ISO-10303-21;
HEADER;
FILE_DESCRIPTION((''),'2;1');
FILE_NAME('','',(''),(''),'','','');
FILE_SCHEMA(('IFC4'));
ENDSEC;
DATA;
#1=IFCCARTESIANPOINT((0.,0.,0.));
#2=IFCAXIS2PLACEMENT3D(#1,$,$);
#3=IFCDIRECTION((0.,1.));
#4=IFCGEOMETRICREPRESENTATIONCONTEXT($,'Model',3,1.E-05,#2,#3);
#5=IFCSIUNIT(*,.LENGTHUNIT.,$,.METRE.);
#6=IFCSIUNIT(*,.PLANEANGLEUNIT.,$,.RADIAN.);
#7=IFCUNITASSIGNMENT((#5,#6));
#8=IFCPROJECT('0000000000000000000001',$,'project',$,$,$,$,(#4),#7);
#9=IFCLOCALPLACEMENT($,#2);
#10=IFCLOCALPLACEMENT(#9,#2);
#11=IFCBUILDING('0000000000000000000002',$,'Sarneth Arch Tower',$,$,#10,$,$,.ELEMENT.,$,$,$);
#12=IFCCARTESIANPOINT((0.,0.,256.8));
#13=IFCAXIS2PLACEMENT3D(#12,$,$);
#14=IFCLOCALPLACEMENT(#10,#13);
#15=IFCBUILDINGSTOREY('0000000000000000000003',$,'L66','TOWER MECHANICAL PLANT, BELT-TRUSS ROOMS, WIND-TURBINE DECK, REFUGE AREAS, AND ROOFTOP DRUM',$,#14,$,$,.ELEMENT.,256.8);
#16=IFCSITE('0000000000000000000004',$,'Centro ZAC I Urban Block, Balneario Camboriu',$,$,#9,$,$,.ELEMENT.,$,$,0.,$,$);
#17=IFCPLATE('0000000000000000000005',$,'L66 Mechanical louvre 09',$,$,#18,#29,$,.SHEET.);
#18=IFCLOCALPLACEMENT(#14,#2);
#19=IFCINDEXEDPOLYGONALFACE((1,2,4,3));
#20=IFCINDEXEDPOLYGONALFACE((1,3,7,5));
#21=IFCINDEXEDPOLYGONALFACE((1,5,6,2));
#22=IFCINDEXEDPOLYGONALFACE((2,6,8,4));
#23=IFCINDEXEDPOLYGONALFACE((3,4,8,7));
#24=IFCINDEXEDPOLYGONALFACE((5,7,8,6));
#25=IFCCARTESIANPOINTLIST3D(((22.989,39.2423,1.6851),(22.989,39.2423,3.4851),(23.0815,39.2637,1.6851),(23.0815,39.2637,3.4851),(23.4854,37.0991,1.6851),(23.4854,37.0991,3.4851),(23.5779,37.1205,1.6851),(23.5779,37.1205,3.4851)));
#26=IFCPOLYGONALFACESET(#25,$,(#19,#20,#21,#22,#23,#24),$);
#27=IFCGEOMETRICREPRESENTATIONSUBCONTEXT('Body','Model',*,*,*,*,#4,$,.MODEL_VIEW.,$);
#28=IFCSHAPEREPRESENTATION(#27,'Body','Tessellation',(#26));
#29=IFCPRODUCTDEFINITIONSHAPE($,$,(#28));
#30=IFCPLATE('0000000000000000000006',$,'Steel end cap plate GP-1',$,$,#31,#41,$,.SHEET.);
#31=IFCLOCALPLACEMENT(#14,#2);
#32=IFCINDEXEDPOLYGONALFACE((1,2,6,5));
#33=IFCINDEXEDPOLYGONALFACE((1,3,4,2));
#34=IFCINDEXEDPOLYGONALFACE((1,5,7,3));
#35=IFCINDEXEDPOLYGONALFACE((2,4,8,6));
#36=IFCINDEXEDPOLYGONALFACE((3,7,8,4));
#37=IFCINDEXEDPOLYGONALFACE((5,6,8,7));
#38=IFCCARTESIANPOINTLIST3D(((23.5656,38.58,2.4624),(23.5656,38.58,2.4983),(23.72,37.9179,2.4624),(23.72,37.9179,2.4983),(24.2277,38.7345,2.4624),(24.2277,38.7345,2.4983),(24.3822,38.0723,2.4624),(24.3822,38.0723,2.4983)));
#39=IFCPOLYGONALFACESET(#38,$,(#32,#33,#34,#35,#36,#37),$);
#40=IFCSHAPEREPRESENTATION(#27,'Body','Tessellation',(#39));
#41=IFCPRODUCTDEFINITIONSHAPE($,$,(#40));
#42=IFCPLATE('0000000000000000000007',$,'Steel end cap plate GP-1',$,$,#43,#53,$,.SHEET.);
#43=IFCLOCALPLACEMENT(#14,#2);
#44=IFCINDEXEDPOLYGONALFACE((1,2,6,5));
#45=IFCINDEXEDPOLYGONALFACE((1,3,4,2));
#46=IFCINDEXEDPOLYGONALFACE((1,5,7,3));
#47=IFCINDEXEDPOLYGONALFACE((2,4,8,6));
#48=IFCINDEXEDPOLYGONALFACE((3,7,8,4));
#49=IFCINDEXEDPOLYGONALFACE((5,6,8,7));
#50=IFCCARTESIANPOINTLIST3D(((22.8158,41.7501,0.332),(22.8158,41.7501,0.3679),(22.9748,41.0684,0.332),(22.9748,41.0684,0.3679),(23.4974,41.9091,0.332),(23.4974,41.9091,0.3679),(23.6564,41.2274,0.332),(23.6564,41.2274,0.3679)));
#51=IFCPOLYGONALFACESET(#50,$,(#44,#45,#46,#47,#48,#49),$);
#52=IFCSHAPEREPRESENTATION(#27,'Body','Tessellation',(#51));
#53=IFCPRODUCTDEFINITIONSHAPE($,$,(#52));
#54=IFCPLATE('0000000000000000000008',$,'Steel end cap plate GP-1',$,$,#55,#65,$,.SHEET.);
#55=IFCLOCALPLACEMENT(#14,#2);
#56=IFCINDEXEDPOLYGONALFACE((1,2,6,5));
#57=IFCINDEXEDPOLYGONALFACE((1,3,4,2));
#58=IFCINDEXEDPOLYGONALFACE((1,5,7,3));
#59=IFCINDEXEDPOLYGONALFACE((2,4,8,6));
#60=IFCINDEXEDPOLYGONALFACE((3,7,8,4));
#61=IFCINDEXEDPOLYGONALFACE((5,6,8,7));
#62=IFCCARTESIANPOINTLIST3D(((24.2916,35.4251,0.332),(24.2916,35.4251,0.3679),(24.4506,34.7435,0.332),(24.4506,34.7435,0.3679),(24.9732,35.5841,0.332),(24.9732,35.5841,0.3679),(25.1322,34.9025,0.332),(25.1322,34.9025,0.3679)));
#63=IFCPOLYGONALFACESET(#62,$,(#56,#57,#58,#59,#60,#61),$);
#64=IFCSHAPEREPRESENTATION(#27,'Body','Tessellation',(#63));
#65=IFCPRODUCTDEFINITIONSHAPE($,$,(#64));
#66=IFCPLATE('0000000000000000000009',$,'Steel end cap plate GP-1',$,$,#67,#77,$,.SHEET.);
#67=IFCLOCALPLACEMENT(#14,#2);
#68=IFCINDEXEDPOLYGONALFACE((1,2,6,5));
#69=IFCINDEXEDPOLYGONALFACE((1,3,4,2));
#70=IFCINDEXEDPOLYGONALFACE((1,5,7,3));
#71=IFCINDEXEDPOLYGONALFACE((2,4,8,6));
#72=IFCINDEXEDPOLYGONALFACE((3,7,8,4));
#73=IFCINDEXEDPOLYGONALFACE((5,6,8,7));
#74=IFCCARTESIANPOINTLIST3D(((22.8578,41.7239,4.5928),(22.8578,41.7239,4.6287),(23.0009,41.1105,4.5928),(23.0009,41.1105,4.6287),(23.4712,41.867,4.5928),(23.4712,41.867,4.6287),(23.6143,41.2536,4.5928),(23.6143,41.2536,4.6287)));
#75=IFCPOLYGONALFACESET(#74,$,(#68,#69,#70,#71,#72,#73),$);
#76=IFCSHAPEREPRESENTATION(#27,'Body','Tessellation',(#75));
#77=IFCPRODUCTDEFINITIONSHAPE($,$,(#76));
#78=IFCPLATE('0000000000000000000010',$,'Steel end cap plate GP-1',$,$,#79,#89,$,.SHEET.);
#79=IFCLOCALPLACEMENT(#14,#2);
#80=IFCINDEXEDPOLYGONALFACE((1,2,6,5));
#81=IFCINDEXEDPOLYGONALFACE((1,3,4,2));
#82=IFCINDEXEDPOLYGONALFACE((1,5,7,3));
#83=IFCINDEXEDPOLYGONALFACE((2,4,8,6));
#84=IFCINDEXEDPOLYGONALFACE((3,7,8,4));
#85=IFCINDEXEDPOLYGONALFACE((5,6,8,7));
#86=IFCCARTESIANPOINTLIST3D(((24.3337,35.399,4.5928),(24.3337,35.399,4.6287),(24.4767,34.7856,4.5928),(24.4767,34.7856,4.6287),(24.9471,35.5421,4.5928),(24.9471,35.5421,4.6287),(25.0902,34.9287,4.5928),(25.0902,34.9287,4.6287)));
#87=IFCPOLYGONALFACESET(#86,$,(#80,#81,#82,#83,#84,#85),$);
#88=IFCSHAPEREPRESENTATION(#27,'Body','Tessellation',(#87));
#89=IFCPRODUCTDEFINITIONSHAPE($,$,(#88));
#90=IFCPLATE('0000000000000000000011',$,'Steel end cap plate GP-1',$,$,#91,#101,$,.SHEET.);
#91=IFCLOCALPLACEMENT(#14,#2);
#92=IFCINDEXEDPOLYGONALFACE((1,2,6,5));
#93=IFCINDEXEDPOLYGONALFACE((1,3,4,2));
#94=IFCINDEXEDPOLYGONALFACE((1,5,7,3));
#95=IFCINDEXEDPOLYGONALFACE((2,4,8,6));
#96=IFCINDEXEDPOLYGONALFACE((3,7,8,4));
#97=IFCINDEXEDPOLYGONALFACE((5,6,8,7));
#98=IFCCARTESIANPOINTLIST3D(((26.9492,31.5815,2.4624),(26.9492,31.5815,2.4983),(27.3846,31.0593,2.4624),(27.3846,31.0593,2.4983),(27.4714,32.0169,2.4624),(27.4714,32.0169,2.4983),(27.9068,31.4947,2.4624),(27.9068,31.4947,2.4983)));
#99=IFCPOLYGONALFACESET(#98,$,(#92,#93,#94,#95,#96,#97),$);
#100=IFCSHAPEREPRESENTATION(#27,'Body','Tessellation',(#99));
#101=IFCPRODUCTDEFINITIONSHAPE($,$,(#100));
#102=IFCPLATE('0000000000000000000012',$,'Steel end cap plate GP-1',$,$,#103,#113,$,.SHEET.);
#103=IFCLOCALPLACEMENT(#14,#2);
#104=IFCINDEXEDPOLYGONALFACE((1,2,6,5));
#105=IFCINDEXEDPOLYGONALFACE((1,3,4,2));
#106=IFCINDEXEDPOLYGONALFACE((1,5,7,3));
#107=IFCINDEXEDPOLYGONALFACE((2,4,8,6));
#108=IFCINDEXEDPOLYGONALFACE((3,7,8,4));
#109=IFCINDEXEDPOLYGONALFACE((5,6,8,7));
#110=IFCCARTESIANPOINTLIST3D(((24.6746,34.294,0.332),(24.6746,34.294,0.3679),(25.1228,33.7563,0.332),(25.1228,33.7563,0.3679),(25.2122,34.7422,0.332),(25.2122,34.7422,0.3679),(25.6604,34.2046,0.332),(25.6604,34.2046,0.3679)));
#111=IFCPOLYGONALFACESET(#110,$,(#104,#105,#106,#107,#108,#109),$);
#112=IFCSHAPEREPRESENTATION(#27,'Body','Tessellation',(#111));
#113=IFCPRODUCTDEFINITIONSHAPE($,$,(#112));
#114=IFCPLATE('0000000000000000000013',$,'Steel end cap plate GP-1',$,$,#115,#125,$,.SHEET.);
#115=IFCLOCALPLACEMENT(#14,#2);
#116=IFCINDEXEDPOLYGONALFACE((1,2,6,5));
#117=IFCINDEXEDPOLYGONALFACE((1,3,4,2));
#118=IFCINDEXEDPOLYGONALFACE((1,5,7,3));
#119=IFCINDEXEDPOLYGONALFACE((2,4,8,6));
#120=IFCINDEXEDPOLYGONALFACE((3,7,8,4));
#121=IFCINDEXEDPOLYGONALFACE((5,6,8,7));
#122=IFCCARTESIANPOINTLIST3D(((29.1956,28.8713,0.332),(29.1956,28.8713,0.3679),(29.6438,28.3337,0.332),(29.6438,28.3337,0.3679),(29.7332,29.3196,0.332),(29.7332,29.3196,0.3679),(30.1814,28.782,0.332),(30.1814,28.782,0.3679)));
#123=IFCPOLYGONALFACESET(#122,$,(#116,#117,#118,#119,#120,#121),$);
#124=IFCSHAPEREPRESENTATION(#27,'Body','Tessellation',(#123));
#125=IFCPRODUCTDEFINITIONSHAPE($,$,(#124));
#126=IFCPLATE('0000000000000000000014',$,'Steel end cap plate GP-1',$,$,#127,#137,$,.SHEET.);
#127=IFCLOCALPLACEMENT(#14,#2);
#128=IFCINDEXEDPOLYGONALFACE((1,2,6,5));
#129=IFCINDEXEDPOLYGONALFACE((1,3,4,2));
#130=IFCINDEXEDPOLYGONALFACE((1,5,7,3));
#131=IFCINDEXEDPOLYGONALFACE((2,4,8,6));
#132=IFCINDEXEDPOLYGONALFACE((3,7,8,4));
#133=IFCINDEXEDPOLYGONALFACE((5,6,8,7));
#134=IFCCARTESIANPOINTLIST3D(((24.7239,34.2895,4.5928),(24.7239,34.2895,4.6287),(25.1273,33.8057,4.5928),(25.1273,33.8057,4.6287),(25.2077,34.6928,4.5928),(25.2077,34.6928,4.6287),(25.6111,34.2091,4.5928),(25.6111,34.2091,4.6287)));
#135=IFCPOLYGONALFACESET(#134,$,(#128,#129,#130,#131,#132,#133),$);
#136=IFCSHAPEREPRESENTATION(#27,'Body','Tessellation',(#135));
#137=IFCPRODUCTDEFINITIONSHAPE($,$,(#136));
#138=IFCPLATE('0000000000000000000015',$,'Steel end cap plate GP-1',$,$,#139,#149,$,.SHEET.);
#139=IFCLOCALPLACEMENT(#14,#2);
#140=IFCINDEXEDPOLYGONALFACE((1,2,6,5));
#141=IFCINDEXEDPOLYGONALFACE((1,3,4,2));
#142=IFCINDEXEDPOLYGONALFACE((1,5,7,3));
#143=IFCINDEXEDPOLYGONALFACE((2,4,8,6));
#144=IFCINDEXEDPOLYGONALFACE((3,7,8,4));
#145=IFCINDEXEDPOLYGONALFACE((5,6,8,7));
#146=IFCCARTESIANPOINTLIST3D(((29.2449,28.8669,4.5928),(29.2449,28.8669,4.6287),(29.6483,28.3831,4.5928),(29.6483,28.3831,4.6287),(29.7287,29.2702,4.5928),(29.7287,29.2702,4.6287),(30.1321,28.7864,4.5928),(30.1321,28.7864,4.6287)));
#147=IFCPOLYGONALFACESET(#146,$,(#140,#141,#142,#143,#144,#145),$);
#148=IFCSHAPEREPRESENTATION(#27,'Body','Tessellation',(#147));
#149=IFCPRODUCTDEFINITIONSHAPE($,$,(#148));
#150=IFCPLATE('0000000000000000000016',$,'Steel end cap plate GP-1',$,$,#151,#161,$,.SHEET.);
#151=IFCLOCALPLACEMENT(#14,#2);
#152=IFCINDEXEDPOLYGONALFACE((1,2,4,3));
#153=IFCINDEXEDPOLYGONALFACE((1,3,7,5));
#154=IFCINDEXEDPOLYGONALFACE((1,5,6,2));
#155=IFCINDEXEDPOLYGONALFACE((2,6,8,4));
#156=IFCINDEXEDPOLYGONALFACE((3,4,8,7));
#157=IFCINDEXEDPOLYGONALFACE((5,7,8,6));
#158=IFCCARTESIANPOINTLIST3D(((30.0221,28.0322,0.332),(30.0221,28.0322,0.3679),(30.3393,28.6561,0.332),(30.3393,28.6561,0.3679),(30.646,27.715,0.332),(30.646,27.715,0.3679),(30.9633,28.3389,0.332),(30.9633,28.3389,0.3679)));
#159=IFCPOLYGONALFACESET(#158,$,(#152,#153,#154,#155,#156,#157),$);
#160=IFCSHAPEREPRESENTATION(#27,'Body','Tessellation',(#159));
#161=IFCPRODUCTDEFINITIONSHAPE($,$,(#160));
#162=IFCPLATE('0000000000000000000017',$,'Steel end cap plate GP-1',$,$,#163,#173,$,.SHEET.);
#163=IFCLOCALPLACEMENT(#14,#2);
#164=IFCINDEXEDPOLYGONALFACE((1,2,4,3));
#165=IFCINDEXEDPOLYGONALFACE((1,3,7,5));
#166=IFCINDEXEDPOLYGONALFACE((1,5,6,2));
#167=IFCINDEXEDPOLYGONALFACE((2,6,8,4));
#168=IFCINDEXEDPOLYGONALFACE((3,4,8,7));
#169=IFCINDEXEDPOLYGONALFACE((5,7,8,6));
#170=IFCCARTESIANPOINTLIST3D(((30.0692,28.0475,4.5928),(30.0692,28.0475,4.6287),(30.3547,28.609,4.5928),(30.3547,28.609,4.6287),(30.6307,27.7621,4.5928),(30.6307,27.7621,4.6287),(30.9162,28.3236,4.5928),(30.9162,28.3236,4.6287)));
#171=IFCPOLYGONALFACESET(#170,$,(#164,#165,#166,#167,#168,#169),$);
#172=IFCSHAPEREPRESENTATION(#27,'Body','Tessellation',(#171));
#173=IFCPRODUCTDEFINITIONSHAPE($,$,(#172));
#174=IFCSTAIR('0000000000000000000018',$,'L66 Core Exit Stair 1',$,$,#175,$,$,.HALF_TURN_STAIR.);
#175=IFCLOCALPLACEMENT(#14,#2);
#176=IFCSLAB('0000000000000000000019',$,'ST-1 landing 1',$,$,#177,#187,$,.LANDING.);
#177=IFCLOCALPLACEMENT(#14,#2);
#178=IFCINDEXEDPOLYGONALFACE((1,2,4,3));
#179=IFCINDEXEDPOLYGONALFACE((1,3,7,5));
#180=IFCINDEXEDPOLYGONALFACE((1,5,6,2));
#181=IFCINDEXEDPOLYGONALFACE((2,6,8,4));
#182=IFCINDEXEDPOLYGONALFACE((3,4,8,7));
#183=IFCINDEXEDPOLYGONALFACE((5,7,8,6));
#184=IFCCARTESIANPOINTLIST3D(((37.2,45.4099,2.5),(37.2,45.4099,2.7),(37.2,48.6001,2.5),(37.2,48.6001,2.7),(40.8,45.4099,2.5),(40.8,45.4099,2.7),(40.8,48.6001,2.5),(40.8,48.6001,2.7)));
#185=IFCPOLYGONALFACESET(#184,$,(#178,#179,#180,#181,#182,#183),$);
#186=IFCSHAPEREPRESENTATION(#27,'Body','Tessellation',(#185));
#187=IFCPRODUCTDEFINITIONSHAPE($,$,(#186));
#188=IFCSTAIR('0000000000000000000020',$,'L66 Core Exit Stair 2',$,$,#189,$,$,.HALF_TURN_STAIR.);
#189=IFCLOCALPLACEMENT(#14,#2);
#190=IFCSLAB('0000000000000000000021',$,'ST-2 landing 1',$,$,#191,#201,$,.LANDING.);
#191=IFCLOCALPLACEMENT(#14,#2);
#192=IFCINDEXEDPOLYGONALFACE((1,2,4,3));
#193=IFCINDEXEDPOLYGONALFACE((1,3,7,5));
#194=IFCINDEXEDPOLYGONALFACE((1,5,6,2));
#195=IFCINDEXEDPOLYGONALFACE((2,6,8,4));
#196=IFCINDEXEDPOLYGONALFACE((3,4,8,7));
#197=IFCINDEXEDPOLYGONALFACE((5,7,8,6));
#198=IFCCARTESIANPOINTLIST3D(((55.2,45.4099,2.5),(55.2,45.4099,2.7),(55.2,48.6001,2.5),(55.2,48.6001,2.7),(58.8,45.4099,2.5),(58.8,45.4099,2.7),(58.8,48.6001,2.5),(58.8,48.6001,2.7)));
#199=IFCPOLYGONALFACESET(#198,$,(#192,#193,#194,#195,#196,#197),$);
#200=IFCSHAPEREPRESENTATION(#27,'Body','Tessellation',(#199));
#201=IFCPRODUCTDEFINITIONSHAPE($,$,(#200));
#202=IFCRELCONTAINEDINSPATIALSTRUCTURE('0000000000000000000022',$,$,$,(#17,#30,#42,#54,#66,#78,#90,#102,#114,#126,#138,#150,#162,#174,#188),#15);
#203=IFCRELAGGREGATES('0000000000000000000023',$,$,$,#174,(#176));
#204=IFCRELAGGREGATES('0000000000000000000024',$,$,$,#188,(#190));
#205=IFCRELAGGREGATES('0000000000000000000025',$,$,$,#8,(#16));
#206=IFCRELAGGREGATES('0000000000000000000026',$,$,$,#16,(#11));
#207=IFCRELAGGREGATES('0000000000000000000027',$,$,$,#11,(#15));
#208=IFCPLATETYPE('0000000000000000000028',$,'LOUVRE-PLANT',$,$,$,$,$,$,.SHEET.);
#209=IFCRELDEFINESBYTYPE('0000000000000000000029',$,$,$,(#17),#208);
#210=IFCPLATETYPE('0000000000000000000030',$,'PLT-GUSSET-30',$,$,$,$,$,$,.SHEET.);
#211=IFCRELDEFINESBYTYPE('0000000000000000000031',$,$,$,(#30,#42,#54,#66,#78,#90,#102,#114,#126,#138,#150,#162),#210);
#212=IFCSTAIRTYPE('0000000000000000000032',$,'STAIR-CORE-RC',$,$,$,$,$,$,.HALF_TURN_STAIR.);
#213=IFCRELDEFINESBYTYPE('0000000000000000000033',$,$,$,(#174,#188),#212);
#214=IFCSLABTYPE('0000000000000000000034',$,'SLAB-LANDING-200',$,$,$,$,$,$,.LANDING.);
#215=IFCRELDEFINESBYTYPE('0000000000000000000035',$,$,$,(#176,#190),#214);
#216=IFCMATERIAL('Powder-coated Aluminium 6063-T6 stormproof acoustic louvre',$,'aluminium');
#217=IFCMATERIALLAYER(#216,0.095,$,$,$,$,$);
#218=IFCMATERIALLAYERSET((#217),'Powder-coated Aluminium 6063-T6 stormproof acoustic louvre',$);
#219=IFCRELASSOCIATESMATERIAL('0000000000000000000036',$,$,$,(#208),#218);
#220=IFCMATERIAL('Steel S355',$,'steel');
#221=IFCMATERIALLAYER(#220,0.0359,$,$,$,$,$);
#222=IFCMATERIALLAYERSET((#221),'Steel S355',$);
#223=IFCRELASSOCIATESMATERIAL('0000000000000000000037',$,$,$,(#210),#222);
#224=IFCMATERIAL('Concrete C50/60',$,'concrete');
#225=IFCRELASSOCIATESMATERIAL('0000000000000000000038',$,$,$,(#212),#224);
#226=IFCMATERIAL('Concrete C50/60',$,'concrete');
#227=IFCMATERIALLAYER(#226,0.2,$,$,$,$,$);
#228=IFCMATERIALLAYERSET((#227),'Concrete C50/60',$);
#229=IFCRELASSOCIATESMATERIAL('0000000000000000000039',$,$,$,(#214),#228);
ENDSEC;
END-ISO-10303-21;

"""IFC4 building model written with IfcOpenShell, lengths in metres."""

from ifc_helpers import new_model, si_unit, direction, frame, origin, origin_2d, place, context, subcontext, project, spatial, polyline, rectangle, outline, extrude, material, layer, layer_set, type_object, element, aggregate, save


model = new_model("IFC4")

# Units and contexts
model_context = context("Model", 3, precision=1e-05, world=origin(), true_north=direction((0.0, 1.0)))
body_context = subcontext(model_context, "Body", "Model", "MODEL_VIEW")
ifc_project = project(units=[si_unit("LENGTHUNIT", "METRE"), si_unit("PLANEANGLEUNIT", "RADIAN")], contexts=[model_context])

# Site, building, storey
site_placement = place(None, origin())
site = spatial("IfcSite", under=ifc_project, at=site_placement, Name="Centro ZAC I Urban Block, Balneario Camboriu", CompositionType="ELEMENT", RefElevation=0.0)
building_placement = place(site_placement, origin())
building = spatial("IfcBuilding", under=site, at=building_placement, Name="Sarneth Arch Tower", CompositionType="ELEMENT")
storey_placement = place(building_placement, frame((0.0, 0.0, 256.8)))
storey = spatial("IfcBuildingStorey", under=building, at=storey_placement, Name="L66", Description="TOWER MECHANICAL PLANT, BELT-TRUSS ROOMS, WIND-TURBINE DECK, REFUGE AREAS, AND ROOFTOP DRUM", CompositionType="ELEMENT", Elevation=256.8)

# Plates
ifc_material_1 = material(Name="Powder-coated Aluminium 6063-T6 stormproof acoustic louvre", Category="aluminium")
ifc_layer_1 = layer(ifc_material_1, 0.095)
ifc_layer_set_1 = layer_set([ifc_layer_1], Name="Powder-coated Aluminium 6063-T6 stormproof acoustic louvre")
plate_type_1 = type_object("IfcPlateType", Name="LOUVRE-PLANT", PredefinedType="SHEET", material=ifc_layer_set_1)
plate_1_placement = place(storey_placement, frame((23.2834, 38.1814, 1.6851), z_axis=(0.0, 0.0, 1.0), x_axis=(0.225631, -0.974213, 0.0)))
element("IfcPlate", 1, at=plate_1_placement, inside=storey, type_object=plate_type_1, Name="L66 Mechanical louvre 09", PredefinedType="SHEET", context=body_context, shape_type="SweptSolid", body=[
    extrude(rectangle(XDim=2.2, YDim=0.095, at=origin_2d()), origin(), (0.0, 0.0, 1.0), 1.8),
])
ifc_material_2 = material(Name="Steel S355", Category="steel")
ifc_layer_2 = layer(ifc_material_2, 0.0359)
ifc_layer_set_2 = layer_set([ifc_layer_2], Name="Steel S355")
plate_type_2 = type_object("IfcPlateType", Name="PLT-GUSSET-30", PredefinedType="SHEET", material=ifc_layer_set_2)
plate_2_placement = place(storey_placement, frame((23.9739, 38.3262, 2.4624), z_axis=(0.0, 0.0, 1.0), x_axis=(0.227161, -0.973857, 0.0)))
element("IfcPlate", 2, at=plate_2_placement, inside=storey, type_object=plate_type_2, Name="Steel end cap plate GP-1", PredefinedType="SHEET", context=body_context, shape_type="SweptSolid", body=[
    extrude(rectangle(XDim=0.6799, YDim=0.6799, at=origin_2d()), origin(), (0.0, 0.0, 1.0), 0.0359),
])
for number, where, z_axis, x_axis, name in (
    (3, (23.2361, 41.4888, 0.332), (0.0, 0.0, 1.0), (-0.227161, 0.973857, 0.0), "Steel end cap plate GP-1"),
    (4, (24.7119, 35.1638, 0.332), (0.0, 0.0, 1.0), (0.227161, -0.973857, 0.0), "Steel end cap plate GP-1"),
):
    element("IfcPlate", number, at=place(storey_placement, frame(where, z_axis=z_axis, x_axis=x_axis)), inside=storey, type_object=plate_type_2, Name=name, PredefinedType="SHEET", context=body_context, shape_type="SweptSolid", body=[
        extrude(rectangle(XDim=0.7, YDim=0.7, at=origin_2d()), origin(), (0.0, 0.0, 1.0), 0.0359),
    ])
for number, where, z_axis, x_axis, name in (
    (5, (23.2361, 41.4888, 4.5928), (0.0, 0.0, 1.0), (-0.227161, 0.973857, 0.0), "Steel end cap plate GP-1"),
    (6, (24.7119, 35.1638, 4.5928), (0.0, 0.0, 1.0), (0.227161, -0.973857, 0.0), "Steel end cap plate GP-1"),
):
    element("IfcPlate", number, at=place(storey_placement, frame(where, z_axis=z_axis, x_axis=x_axis)), inside=storey, type_object=plate_type_2, Name=name, PredefinedType="SHEET", context=body_context, shape_type="SweptSolid", body=[
        extrude(rectangle(XDim=0.6299, YDim=0.6299, at=origin_2d()), origin(), (0.0, 0.0, 1.0), 0.0359),
    ])
plate_3_placement = place(storey_placement, frame((27.428, 31.5381, 2.4624), z_axis=(0.0, 0.0, 1.0), x_axis=(0.640378, -0.76806, 0.0)))
element("IfcPlate", 7, at=plate_3_placement, inside=storey, type_object=plate_type_2, Name="Steel end cap plate GP-1", PredefinedType="SHEET", context=body_context, shape_type="SweptSolid", body=[
    extrude(rectangle(XDim=0.6799, YDim=0.6799, at=origin_2d()), origin(), (0.0, 0.0, 1.0), 0.0359),
])
for number, where, z_axis, x_axis, name in (
    (8, (25.1675, 34.2493, 0.332), (0.0, 0.0, 1.0), (-0.640378, 0.76806, 0.0), "Steel end cap plate GP-1"),
    (9, (29.6885, 28.8267, 0.332), (0.0, 0.0, 1.0), (0.640378, -0.76806, 0.0), "Steel end cap plate GP-1"),
):
    element("IfcPlate", number, at=place(storey_placement, frame(where, z_axis=z_axis, x_axis=x_axis)), inside=storey, type_object=plate_type_2, Name=name, PredefinedType="SHEET", context=body_context, shape_type="SweptSolid", body=[
        extrude(rectangle(XDim=0.7, YDim=0.7, at=origin_2d()), origin(), (0.0, 0.0, 1.0), 0.0359),
    ])
for number, where, z_axis, x_axis, name in (
    (10, (25.1675, 34.2493, 4.5928), (0.0, 0.0, 1.0), (-0.640378, 0.76806, 0.0), "Steel end cap plate GP-1"),
    (11, (29.6885, 28.8267, 4.5928), (0.0, 0.0, 1.0), (0.640378, -0.76806, 0.0), "Steel end cap plate GP-1"),
):
    element("IfcPlate", number, at=place(storey_placement, frame(where, z_axis=z_axis, x_axis=x_axis)), inside=storey, type_object=plate_type_2, Name=name, PredefinedType="SHEET", context=body_context, shape_type="SweptSolid", body=[
        extrude(rectangle(XDim=0.6299, YDim=0.6299, at=origin_2d()), origin(), (0.0, 0.0, 1.0), 0.0359),
    ])
plate_4_placement = place(storey_placement, frame((30.4927, 28.1855, 0.332), z_axis=(0.0, 0.0, 1.0), x_axis=(-0.891402, 0.453213, 0.0)))
element("IfcPlate", 12, at=plate_4_placement, inside=storey, type_object=plate_type_2, Name="Steel end cap plate GP-1", PredefinedType="SHEET", context=body_context, shape_type="SweptSolid", body=[
    extrude(rectangle(XDim=0.7, YDim=0.7, at=origin_2d()), origin(), (0.0, 0.0, 1.0), 0.0359),
])
plate_5_placement = place(storey_placement, frame((30.4927, 28.1855, 4.5928), z_axis=(0.0, 0.0, 1.0), x_axis=(-0.891402, 0.453213, 0.0)))
element("IfcPlate", 13, at=plate_5_placement, inside=storey, type_object=plate_type_2, Name="Steel end cap plate GP-1", PredefinedType="SHEET", context=body_context, shape_type="SweptSolid", body=[
    extrude(rectangle(XDim=0.6299, YDim=0.6299, at=origin_2d()), origin(), (0.0, 0.0, 1.0), 0.0359),
])

# Stairs, slabs
ifc_material_3 = material(Name="Concrete C50/60", Category="concrete")
stair_type = type_object("IfcStairType", Name="STAIR-CORE-RC", PredefinedType="HALF_TURN_STAIR", material=ifc_material_3)
stair_1_placement = place(storey_placement, origin())
stair_1 = element("IfcStair", 14, at=stair_1_placement, inside=storey, type_object=stair_type, Name="L66 Core Exit Stair 1", PredefinedType="HALF_TURN_STAIR")
ifc_material_4 = material(Name="Concrete C50/60", Category="concrete")
ifc_layer_3 = layer(ifc_material_4, 0.2)
ifc_layer_set_3 = layer_set([ifc_layer_3], Name="Concrete C50/60")
slab_type_1 = type_object("IfcSlabType", Name="SLAB-LANDING-200", PredefinedType="LANDING", material=ifc_layer_set_3)
slab_1_placement = place(storey_placement, frame((0.0, 0.0, 2.5)))
slab_1 = element("IfcSlab", 15, at=slab_1_placement, type_object=slab_type_1, Name="ST-1 landing 1", PredefinedType="LANDING", context=body_context, shape_type="SweptSolid", body=[
    extrude(outline(polyline([(37.2, 45.4099), (40.8, 45.4099), (40.8, 48.6001), (37.2, 48.6001), (37.2, 45.4099)])), origin(), (0.0, 0.0, 1.0), 0.2),
])
aggregate(stair_1, [slab_1])
stair_2_placement = place(storey_placement, origin())
stair_2 = element("IfcStair", 16, at=stair_2_placement, inside=storey, type_object=stair_type, Name="L66 Core Exit Stair 2", PredefinedType="HALF_TURN_STAIR")
slab_2_placement = place(storey_placement, frame((0.0, 0.0, 2.5)))
slab_2 = element("IfcSlab", 17, at=slab_2_placement, type_object=slab_type_1, Name="ST-2 landing 1", PredefinedType="LANDING", context=body_context, shape_type="SweptSolid", body=[
    extrude(outline(polyline([(55.2, 45.4099), (58.8, 45.4099), (58.8, 48.6001), (55.2, 48.6001), (55.2, 45.4099)])), origin(), (0.0, 0.0, 1.0), 0.2),
])
aggregate(stair_2, [slab_2])

save(model, "model.ifc")
